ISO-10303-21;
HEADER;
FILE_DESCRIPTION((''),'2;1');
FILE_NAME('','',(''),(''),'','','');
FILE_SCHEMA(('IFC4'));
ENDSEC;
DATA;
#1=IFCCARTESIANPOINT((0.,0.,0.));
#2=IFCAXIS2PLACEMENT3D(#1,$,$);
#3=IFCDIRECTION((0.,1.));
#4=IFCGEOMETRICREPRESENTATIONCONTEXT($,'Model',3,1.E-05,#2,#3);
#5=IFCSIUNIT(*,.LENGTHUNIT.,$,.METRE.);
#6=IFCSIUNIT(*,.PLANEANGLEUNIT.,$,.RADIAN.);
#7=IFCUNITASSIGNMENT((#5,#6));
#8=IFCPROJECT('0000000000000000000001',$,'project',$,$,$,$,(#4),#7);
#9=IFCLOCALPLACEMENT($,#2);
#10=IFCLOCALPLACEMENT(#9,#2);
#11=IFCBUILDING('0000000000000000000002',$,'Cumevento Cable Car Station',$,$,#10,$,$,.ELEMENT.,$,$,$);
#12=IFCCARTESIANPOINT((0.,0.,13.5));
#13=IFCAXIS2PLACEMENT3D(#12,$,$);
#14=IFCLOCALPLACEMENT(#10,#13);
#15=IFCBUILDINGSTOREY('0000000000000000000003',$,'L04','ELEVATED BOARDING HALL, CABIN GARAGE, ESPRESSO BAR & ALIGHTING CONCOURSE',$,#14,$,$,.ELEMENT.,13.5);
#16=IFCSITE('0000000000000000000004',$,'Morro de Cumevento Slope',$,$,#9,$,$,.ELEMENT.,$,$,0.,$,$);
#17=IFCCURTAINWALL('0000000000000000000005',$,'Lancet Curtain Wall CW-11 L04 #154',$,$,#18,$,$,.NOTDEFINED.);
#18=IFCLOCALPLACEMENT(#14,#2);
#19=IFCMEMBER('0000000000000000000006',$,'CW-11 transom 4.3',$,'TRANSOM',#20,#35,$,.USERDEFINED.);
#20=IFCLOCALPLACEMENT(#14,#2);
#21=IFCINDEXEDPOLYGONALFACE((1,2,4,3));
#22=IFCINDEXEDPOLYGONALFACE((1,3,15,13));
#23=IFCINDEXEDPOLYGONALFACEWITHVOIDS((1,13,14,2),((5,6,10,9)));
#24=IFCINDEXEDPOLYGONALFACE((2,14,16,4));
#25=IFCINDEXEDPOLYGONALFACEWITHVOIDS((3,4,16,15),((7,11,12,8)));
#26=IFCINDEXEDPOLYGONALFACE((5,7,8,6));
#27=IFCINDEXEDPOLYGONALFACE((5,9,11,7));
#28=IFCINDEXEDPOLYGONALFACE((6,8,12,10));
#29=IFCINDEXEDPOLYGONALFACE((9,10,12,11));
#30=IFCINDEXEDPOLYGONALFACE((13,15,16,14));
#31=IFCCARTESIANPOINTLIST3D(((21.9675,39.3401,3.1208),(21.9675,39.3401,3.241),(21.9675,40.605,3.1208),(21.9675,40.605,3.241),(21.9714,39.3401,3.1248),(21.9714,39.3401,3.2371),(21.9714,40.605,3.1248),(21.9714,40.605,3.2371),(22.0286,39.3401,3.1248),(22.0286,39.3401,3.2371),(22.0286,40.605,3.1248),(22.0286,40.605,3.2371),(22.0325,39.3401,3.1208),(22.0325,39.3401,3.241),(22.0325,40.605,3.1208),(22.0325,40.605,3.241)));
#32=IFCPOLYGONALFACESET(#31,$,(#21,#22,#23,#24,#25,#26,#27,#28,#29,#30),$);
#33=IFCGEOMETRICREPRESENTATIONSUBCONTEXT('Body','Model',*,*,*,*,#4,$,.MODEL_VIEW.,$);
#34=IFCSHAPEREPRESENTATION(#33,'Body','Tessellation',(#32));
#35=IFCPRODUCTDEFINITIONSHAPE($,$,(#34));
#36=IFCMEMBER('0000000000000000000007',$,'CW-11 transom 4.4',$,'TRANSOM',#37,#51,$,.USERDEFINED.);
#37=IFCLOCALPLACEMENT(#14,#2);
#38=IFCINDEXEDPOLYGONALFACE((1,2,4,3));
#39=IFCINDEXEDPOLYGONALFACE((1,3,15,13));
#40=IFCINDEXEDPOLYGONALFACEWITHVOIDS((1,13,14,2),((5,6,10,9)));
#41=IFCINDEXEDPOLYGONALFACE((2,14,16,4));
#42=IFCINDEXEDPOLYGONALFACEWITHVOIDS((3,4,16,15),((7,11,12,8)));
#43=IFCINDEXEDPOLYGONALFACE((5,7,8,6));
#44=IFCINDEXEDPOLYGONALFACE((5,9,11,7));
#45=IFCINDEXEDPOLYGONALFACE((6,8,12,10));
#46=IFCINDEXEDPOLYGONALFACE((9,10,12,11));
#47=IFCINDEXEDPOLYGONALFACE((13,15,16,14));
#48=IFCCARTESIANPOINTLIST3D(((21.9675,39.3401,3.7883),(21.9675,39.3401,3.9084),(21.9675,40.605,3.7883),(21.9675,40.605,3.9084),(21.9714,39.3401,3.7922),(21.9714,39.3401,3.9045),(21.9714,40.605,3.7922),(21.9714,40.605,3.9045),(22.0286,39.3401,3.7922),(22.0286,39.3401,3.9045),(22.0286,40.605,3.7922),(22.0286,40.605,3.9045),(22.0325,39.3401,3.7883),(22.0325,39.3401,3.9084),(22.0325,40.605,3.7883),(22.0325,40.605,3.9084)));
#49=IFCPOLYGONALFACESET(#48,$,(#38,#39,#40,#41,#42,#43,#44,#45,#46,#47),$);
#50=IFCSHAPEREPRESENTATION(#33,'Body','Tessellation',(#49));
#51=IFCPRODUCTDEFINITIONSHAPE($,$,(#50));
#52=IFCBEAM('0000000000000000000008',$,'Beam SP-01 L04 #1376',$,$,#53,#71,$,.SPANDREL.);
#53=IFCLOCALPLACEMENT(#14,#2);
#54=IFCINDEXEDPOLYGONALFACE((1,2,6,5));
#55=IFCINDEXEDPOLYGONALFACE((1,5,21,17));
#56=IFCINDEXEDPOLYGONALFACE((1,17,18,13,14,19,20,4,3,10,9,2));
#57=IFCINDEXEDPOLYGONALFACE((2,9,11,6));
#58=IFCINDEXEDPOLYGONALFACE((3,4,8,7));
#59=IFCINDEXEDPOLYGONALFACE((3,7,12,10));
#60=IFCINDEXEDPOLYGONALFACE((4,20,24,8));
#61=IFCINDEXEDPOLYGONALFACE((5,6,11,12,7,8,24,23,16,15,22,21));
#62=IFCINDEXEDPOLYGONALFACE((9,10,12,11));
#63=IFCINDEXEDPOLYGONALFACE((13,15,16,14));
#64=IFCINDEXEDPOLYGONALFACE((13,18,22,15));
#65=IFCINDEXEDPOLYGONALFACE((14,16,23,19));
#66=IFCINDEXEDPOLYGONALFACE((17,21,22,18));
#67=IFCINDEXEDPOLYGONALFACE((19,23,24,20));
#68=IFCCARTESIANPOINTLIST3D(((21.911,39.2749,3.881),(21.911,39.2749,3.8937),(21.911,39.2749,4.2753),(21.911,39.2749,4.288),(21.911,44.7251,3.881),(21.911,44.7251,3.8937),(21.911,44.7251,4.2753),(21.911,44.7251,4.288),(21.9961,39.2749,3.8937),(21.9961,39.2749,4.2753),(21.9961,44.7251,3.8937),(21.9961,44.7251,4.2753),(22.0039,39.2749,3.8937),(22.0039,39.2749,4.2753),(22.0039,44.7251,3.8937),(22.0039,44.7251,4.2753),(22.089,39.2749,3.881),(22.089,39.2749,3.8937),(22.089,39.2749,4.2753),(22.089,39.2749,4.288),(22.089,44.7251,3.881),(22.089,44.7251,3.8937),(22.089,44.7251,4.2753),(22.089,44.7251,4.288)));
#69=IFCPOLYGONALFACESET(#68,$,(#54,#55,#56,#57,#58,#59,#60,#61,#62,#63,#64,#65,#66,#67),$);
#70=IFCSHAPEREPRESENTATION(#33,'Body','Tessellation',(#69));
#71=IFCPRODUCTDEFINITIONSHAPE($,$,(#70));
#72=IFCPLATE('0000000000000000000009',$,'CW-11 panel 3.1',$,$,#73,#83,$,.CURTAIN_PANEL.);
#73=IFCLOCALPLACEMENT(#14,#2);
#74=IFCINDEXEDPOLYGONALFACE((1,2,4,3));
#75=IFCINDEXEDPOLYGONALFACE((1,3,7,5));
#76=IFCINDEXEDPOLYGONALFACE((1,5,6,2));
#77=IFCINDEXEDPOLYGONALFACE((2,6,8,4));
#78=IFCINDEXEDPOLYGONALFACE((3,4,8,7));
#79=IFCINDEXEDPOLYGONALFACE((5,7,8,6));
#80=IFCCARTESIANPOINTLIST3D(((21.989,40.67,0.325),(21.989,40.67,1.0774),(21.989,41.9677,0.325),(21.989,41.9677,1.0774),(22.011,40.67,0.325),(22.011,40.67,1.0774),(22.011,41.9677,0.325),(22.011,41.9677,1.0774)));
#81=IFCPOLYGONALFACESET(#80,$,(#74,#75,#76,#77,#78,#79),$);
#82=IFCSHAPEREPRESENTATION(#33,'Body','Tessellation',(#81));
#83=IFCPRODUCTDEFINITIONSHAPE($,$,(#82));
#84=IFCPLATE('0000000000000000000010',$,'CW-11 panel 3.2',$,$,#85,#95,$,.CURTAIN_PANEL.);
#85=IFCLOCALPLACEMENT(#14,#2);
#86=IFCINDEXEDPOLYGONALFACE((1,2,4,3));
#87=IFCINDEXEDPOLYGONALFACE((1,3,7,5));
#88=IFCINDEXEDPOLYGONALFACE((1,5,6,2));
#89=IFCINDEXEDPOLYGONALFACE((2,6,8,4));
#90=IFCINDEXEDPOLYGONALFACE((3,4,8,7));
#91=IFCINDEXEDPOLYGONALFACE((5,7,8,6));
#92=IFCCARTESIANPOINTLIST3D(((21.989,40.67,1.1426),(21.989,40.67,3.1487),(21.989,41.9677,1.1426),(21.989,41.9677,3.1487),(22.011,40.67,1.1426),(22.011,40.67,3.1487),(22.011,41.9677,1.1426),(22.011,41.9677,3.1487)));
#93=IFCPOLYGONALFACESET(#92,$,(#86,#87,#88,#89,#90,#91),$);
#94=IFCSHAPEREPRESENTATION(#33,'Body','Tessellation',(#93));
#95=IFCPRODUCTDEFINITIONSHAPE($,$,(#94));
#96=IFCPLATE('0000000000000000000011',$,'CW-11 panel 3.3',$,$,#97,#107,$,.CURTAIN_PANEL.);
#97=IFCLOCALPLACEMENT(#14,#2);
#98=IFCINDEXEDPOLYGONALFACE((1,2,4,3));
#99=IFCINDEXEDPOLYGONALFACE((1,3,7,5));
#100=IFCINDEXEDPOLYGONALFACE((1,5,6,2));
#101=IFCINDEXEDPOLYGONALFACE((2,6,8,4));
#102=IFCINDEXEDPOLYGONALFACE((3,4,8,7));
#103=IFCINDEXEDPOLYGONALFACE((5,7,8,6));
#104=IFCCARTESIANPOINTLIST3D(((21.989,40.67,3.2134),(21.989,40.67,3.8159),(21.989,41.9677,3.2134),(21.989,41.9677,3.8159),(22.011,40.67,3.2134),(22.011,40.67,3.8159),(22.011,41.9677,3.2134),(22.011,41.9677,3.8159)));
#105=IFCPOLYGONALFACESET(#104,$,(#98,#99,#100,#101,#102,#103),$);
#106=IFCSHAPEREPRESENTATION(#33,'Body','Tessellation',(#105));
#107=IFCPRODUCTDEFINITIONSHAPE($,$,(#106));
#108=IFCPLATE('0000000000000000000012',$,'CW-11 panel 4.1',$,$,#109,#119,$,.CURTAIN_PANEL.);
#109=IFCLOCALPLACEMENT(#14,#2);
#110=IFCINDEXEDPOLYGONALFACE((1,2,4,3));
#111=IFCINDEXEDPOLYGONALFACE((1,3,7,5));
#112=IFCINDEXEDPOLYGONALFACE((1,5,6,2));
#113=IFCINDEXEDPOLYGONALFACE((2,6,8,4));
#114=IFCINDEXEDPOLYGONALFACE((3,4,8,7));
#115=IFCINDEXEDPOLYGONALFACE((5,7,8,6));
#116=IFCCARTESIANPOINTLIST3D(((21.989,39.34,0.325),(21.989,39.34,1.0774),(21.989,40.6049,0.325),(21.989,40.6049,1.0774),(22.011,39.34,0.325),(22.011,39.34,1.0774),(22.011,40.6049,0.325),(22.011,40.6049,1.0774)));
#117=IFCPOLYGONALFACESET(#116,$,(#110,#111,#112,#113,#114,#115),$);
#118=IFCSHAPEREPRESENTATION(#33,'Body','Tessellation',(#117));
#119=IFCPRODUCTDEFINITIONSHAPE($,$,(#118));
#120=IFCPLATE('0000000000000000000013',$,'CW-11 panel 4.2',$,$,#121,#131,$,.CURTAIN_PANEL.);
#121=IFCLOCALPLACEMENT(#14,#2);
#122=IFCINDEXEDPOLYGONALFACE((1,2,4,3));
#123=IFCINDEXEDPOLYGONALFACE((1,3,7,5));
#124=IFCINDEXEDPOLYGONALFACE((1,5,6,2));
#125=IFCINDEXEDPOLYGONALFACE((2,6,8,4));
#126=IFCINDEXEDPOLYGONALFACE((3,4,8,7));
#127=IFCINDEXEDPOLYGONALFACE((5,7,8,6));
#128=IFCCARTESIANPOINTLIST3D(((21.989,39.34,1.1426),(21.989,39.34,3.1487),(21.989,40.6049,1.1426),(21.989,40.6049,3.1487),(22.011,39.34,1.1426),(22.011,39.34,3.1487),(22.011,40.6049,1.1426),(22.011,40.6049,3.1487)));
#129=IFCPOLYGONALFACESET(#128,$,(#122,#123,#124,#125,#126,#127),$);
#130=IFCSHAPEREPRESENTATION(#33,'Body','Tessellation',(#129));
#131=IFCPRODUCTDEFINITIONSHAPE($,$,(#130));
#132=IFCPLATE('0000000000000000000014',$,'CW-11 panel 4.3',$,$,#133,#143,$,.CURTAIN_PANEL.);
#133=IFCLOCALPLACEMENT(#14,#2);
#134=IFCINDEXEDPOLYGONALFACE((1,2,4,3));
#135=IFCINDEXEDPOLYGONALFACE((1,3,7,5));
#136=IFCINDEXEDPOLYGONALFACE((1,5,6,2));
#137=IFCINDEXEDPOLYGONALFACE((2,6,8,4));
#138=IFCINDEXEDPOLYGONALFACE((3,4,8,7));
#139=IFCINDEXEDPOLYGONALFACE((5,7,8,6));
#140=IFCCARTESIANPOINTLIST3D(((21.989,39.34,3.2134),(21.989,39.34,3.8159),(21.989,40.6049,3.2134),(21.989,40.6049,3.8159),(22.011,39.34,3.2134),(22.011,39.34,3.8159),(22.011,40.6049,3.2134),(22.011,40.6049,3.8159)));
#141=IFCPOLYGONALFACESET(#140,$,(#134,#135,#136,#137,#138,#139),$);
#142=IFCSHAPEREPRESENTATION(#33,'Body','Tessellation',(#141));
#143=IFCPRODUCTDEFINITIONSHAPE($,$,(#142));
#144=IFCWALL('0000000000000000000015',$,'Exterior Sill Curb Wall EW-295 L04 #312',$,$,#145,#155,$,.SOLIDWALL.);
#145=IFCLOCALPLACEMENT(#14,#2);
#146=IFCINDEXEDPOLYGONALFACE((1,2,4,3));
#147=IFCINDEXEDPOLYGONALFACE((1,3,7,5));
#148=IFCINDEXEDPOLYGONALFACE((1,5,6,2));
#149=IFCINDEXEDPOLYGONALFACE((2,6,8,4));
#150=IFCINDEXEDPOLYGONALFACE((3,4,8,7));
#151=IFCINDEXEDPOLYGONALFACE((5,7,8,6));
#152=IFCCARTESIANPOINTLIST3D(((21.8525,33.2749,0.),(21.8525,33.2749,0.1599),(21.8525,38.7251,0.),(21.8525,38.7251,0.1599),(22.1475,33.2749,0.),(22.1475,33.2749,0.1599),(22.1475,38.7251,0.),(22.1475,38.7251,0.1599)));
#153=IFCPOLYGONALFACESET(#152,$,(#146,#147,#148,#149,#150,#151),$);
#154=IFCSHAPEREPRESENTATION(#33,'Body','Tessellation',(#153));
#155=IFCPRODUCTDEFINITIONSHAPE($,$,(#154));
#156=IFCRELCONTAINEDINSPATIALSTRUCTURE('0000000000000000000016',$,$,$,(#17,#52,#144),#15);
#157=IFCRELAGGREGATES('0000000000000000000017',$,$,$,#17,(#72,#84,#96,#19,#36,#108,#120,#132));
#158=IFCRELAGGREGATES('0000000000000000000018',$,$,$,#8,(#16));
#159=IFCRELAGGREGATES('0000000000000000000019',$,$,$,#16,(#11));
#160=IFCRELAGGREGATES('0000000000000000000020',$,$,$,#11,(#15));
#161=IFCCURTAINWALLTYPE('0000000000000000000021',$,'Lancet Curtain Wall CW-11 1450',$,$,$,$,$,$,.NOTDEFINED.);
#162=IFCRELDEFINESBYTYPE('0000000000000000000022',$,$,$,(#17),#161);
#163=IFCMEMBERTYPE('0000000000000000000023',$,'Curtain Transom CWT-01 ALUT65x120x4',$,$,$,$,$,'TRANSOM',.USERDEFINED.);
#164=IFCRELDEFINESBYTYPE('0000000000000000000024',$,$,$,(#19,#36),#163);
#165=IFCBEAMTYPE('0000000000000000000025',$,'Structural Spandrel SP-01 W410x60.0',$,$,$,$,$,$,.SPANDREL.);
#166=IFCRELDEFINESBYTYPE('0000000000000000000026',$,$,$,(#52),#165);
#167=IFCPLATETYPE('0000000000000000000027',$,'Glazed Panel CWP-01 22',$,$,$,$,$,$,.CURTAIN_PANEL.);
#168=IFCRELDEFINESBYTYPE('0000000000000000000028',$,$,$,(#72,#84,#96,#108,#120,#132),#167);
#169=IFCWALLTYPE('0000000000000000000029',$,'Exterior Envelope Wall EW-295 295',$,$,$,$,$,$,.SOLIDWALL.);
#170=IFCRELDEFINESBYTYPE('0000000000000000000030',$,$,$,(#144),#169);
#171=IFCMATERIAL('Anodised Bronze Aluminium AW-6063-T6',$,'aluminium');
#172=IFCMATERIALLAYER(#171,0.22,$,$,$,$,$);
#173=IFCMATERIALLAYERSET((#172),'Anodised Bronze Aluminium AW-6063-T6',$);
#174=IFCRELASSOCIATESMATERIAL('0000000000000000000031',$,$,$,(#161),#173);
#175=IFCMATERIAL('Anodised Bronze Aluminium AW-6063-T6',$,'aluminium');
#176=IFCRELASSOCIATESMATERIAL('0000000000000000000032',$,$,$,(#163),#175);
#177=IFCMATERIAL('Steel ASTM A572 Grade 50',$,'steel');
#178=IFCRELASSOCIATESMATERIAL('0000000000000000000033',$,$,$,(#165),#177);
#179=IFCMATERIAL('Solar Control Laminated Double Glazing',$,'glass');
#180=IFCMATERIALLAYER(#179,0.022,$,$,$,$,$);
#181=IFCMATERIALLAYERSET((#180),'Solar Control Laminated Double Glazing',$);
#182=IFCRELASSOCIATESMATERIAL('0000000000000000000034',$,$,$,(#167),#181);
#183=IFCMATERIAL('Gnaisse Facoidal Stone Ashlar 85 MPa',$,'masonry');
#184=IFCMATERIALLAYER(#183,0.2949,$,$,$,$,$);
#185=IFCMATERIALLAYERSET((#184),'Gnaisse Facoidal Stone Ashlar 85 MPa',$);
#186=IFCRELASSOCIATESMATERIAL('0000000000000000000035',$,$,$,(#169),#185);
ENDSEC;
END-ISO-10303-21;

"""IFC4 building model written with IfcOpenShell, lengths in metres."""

from ifc_helpers import new_model, si_unit, direction, frame, frame_2d, origin, origin_2d, place, context, subcontext, project, spatial, rectangle, hollow_rectangle, i_section, extrude, material, layer, layer_set, material_profile, profile_set, type_object, element, aggregate, save


model = new_model("IFC4")

# Units and contexts
model_context = context("Model", 3, precision=1e-05, world=origin(), true_north=direction((0.0, 1.0)))
body_context = subcontext(model_context, "Body", "Model", "MODEL_VIEW")
ifc_project = project(units=[si_unit("LENGTHUNIT", "METRE"), si_unit("PLANEANGLEUNIT", "RADIAN")], contexts=[model_context])

# Site, building, storey
site_placement = place(None, origin())
site = spatial("IfcSite", under=ifc_project, at=site_placement, Name="Morro de Cumevento Slope", CompositionType="ELEMENT", RefElevation=0.0)
building_placement = place(site_placement, origin())
building = spatial("IfcBuilding", under=site, at=building_placement, Name="Cumevento Cable Car Station", CompositionType="ELEMENT")
storey_placement = place(building_placement, frame((0.0, 0.0, 13.5)))
storey = spatial("IfcBuildingStorey", under=building, at=storey_placement, Name="L04", Description="ELEVATED BOARDING HALL, CABIN GARAGE, ESPRESSO BAR & ALIGHTING CONCOURSE", CompositionType="ELEMENT", Elevation=13.5)

# Curtain wall, members
ifc_material_1 = material(Name="Anodised Bronze Aluminium AW-6063-T6", Category="aluminium")
ifc_layer_1 = layer(ifc_material_1, 0.22)
ifc_layer_set_1 = layer_set([ifc_layer_1], Name="Anodised Bronze Aluminium AW-6063-T6")
curtain_wall_type_1 = type_object("IfcCurtainWallType", Name="Lancet Curtain Wall CW-11 1450", PredefinedType="NOTDEFINED", material=ifc_layer_set_1)
curtain_wall_1_placement = place(storey_placement, origin())
curtain_wall_1 = element("IfcCurtainWall", 1, at=curtain_wall_1_placement, inside=storey, type_object=curtain_wall_type_1, Name="Lancet Curtain Wall CW-11 L04 #154", PredefinedType="NOTDEFINED")
ifc_material_2 = material(Name="Anodised Bronze Aluminium AW-6063-T6", Category="aluminium")
ifc_material_profile_1 = material_profile(ifc_material_2, hollow_rectangle(XDim=0.0649, YDim=0.1201, WallThickness=0.0039, at=origin_2d()), Name="ALUT65x120x4")
ifc_profile_set_1 = profile_set([ifc_material_profile_1], Name="Anodised Bronze Aluminium AW-6063-T6")
member_type_1 = type_object("IfcMemberType", Name="Curtain Transom CWT-01 ALUT65x120x4", ElementType="TRANSOM", PredefinedType="USERDEFINED", material=ifc_profile_set_1)
member_1_placement = place(storey_placement, frame((22.0, 40.605, 3.1809), z_axis=(0.0, -1.0, 0.0), x_axis=(1.0, 0.0, 0.0)))
member_1 = element("IfcMember", 2, at=member_1_placement, type_object=member_type_1, Name="CW-11 transom 4.3", ObjectType="TRANSOM", PredefinedType="USERDEFINED", context=body_context, shape_type="SweptSolid", body=[
    extrude(hollow_rectangle(XDim=0.0649, YDim=0.1201, WallThickness=0.0039, at=origin_2d()), origin(), (0.0, 0.0, 1.0), 1.2649),
])
member_2_placement = place(storey_placement, frame((22.0, 40.605, 3.8484), z_axis=(0.0, -1.0, 0.0), x_axis=(1.0, 0.0, 0.0)))
member_2 = element("IfcMember", 3, at=member_2_placement, type_object=member_type_1, Name="CW-11 transom 4.4", ObjectType="TRANSOM", PredefinedType="USERDEFINED", context=body_context, shape_type="SweptSolid", body=[
    extrude(hollow_rectangle(XDim=0.0649, YDim=0.1201, WallThickness=0.0039, at=origin_2d()), origin(), (0.0, 0.0, 1.0), 1.2649),
])

# Beam
ifc_material_3 = material(Name="Steel ASTM A572 Grade 50", Category="steel")
ifc_material_profile_2 = material_profile(ifc_material_3, i_section(OverallWidth=0.178, OverallDepth=0.407, WebThickness=0.0078, FlangeThickness=0.0127, at=origin_2d()), Name="W410x60.0")
ifc_profile_set_2 = profile_set([ifc_material_profile_2], Name="Steel ASTM A572 Grade 50")
beam_type = type_object("IfcBeamType", Name="Structural Spandrel SP-01 W410x60.0", PredefinedType="SPANDREL", material=ifc_profile_set_2)
beam_placement = place(storey_placement, frame((22.0, 39.2749, 4.0845), z_axis=(0.0, 1.0, 0.0), x_axis=(-1.0, 0.0, 0.0)))
element("IfcBeam", 4, at=beam_placement, inside=storey, type_object=beam_type, Name="Beam SP-01 L04 #1376", PredefinedType="SPANDREL", context=body_context, shape_type="SweptSolid", body=[
    extrude(i_section(OverallWidth=0.178, OverallDepth=0.407, WebThickness=0.0078, FlangeThickness=0.0127, at=origin_2d()), origin(), (0.0, 0.0, 1.0), 5.4502),
])

# Plates
ifc_material_4 = material(Name="Solar Control Laminated Double Glazing", Category="glass")
ifc_layer_2 = layer(ifc_material_4, 0.022)
ifc_layer_set_2 = layer_set([ifc_layer_2], Name="Solar Control Laminated Double Glazing")
plate_type = type_object("IfcPlateType", Name="Glazed Panel CWP-01 22", PredefinedType="CURTAIN_PANEL", material=ifc_layer_set_2)
plate_1_placement = place(storey_placement, frame((22.0, 41.3188, 0.325), z_axis=(0.0, 0.0, 1.0), x_axis=(0.0, -1.0, 0.0)))
plate_1 = element("IfcPlate", 5, at=plate_1_placement, type_object=plate_type, Name="CW-11 panel 3.1", PredefinedType="CURTAIN_PANEL", context=body_context, shape_type="SweptSolid", body=[
    extrude(rectangle(XDim=1.2976, YDim=0.022, at=origin_2d()), origin(), (0.0, 0.0, 1.0), 0.7524),
])
plate_2_placement = place(storey_placement, frame((22.0, 41.3188, 1.1426), z_axis=(0.0, 0.0, 1.0), x_axis=(0.0, -1.0, 0.0)))
plate_2 = element("IfcPlate", 6, at=plate_2_placement, type_object=plate_type, Name="CW-11 panel 3.2", PredefinedType="CURTAIN_PANEL", context=body_context, shape_type="SweptSolid", body=[
    extrude(rectangle(XDim=1.2976, YDim=0.022, at=origin_2d()), origin(), (0.0, 0.0, 1.0), 2.0061),
])
plate_3_placement = place(storey_placement, frame((22.0, 41.3188, 3.2134), z_axis=(0.0, 0.0, 1.0), x_axis=(0.0, -1.0, 0.0)))
plate_3 = element("IfcPlate", 7, at=plate_3_placement, type_object=plate_type, Name="CW-11 panel 3.3", PredefinedType="CURTAIN_PANEL", context=body_context, shape_type="SweptSolid", body=[
    extrude(rectangle(XDim=1.2976, YDim=0.022, at=origin_2d()), origin(), (0.0, 0.0, 1.0), 0.6025),
])
plate_4_placement = place(storey_placement, frame((22.0, 39.9724, 0.325), z_axis=(0.0, 0.0, 1.0), x_axis=(0.0, -1.0, 0.0)))
plate_4 = element("IfcPlate", 8, at=plate_4_placement, type_object=plate_type, Name="CW-11 panel 4.1", PredefinedType="CURTAIN_PANEL", context=body_context, shape_type="SweptSolid", body=[
    extrude(rectangle(XDim=1.2649, YDim=0.022, at=origin_2d()), origin(), (0.0, 0.0, 1.0), 0.7524),
])
plate_5_placement = place(storey_placement, frame((22.0, 39.9724, 1.1426), z_axis=(0.0, 0.0, 1.0), x_axis=(0.0, -1.0, 0.0)))
plate_5 = element("IfcPlate", 9, at=plate_5_placement, type_object=plate_type, Name="CW-11 panel 4.2", PredefinedType="CURTAIN_PANEL", context=body_context, shape_type="SweptSolid", body=[
    extrude(rectangle(XDim=1.2649, YDim=0.022, at=origin_2d()), origin(), (0.0, 0.0, 1.0), 2.0061),
])
plate_6_placement = place(storey_placement, frame((22.0, 39.9724, 3.2134), z_axis=(0.0, 0.0, 1.0), x_axis=(0.0, -1.0, 0.0)))
plate_6 = element("IfcPlate", 10, at=plate_6_placement, type_object=plate_type, Name="CW-11 panel 4.3", PredefinedType="CURTAIN_PANEL", context=body_context, shape_type="SweptSolid", body=[
    extrude(rectangle(XDim=1.2649, YDim=0.022, at=origin_2d()), origin(), (0.0, 0.0, 1.0), 0.6025),
])
aggregate(curtain_wall_1, [plate_1, plate_2, plate_3, member_1, member_2, plate_4, plate_5, plate_6])

# Wall
ifc_material_5 = material(Name="Gnaisse Facoidal Stone Ashlar 85 MPa", Category="masonry")
ifc_layer_3 = layer(ifc_material_5, 0.2949)
ifc_layer_set_3 = layer_set([ifc_layer_3], Name="Gnaisse Facoidal Stone Ashlar 85 MPa")
wall_type = type_object("IfcWallType", Name="Exterior Envelope Wall EW-295 295", PredefinedType="SOLIDWALL", material=ifc_layer_set_3)
wall_placement = place(storey_placement, frame((22.0, 38.7251, 0.0), z_axis=(0.0, 0.0, 1.0), x_axis=(0.0, -1.0, 0.0)))
element("IfcWall", 11, at=wall_placement, inside=storey, type_object=wall_type, Name="Exterior Sill Curb Wall EW-295 L04 #312", PredefinedType="SOLIDWALL", context=body_context, shape_type="SweptSolid", body=[
    extrude(rectangle(XDim=5.4502, YDim=0.2949, at=frame_2d((2.7251, 0.0))), origin(), (0.0, 0.0, 1.0), 0.1599),
])

save(model, "model.ifc")
